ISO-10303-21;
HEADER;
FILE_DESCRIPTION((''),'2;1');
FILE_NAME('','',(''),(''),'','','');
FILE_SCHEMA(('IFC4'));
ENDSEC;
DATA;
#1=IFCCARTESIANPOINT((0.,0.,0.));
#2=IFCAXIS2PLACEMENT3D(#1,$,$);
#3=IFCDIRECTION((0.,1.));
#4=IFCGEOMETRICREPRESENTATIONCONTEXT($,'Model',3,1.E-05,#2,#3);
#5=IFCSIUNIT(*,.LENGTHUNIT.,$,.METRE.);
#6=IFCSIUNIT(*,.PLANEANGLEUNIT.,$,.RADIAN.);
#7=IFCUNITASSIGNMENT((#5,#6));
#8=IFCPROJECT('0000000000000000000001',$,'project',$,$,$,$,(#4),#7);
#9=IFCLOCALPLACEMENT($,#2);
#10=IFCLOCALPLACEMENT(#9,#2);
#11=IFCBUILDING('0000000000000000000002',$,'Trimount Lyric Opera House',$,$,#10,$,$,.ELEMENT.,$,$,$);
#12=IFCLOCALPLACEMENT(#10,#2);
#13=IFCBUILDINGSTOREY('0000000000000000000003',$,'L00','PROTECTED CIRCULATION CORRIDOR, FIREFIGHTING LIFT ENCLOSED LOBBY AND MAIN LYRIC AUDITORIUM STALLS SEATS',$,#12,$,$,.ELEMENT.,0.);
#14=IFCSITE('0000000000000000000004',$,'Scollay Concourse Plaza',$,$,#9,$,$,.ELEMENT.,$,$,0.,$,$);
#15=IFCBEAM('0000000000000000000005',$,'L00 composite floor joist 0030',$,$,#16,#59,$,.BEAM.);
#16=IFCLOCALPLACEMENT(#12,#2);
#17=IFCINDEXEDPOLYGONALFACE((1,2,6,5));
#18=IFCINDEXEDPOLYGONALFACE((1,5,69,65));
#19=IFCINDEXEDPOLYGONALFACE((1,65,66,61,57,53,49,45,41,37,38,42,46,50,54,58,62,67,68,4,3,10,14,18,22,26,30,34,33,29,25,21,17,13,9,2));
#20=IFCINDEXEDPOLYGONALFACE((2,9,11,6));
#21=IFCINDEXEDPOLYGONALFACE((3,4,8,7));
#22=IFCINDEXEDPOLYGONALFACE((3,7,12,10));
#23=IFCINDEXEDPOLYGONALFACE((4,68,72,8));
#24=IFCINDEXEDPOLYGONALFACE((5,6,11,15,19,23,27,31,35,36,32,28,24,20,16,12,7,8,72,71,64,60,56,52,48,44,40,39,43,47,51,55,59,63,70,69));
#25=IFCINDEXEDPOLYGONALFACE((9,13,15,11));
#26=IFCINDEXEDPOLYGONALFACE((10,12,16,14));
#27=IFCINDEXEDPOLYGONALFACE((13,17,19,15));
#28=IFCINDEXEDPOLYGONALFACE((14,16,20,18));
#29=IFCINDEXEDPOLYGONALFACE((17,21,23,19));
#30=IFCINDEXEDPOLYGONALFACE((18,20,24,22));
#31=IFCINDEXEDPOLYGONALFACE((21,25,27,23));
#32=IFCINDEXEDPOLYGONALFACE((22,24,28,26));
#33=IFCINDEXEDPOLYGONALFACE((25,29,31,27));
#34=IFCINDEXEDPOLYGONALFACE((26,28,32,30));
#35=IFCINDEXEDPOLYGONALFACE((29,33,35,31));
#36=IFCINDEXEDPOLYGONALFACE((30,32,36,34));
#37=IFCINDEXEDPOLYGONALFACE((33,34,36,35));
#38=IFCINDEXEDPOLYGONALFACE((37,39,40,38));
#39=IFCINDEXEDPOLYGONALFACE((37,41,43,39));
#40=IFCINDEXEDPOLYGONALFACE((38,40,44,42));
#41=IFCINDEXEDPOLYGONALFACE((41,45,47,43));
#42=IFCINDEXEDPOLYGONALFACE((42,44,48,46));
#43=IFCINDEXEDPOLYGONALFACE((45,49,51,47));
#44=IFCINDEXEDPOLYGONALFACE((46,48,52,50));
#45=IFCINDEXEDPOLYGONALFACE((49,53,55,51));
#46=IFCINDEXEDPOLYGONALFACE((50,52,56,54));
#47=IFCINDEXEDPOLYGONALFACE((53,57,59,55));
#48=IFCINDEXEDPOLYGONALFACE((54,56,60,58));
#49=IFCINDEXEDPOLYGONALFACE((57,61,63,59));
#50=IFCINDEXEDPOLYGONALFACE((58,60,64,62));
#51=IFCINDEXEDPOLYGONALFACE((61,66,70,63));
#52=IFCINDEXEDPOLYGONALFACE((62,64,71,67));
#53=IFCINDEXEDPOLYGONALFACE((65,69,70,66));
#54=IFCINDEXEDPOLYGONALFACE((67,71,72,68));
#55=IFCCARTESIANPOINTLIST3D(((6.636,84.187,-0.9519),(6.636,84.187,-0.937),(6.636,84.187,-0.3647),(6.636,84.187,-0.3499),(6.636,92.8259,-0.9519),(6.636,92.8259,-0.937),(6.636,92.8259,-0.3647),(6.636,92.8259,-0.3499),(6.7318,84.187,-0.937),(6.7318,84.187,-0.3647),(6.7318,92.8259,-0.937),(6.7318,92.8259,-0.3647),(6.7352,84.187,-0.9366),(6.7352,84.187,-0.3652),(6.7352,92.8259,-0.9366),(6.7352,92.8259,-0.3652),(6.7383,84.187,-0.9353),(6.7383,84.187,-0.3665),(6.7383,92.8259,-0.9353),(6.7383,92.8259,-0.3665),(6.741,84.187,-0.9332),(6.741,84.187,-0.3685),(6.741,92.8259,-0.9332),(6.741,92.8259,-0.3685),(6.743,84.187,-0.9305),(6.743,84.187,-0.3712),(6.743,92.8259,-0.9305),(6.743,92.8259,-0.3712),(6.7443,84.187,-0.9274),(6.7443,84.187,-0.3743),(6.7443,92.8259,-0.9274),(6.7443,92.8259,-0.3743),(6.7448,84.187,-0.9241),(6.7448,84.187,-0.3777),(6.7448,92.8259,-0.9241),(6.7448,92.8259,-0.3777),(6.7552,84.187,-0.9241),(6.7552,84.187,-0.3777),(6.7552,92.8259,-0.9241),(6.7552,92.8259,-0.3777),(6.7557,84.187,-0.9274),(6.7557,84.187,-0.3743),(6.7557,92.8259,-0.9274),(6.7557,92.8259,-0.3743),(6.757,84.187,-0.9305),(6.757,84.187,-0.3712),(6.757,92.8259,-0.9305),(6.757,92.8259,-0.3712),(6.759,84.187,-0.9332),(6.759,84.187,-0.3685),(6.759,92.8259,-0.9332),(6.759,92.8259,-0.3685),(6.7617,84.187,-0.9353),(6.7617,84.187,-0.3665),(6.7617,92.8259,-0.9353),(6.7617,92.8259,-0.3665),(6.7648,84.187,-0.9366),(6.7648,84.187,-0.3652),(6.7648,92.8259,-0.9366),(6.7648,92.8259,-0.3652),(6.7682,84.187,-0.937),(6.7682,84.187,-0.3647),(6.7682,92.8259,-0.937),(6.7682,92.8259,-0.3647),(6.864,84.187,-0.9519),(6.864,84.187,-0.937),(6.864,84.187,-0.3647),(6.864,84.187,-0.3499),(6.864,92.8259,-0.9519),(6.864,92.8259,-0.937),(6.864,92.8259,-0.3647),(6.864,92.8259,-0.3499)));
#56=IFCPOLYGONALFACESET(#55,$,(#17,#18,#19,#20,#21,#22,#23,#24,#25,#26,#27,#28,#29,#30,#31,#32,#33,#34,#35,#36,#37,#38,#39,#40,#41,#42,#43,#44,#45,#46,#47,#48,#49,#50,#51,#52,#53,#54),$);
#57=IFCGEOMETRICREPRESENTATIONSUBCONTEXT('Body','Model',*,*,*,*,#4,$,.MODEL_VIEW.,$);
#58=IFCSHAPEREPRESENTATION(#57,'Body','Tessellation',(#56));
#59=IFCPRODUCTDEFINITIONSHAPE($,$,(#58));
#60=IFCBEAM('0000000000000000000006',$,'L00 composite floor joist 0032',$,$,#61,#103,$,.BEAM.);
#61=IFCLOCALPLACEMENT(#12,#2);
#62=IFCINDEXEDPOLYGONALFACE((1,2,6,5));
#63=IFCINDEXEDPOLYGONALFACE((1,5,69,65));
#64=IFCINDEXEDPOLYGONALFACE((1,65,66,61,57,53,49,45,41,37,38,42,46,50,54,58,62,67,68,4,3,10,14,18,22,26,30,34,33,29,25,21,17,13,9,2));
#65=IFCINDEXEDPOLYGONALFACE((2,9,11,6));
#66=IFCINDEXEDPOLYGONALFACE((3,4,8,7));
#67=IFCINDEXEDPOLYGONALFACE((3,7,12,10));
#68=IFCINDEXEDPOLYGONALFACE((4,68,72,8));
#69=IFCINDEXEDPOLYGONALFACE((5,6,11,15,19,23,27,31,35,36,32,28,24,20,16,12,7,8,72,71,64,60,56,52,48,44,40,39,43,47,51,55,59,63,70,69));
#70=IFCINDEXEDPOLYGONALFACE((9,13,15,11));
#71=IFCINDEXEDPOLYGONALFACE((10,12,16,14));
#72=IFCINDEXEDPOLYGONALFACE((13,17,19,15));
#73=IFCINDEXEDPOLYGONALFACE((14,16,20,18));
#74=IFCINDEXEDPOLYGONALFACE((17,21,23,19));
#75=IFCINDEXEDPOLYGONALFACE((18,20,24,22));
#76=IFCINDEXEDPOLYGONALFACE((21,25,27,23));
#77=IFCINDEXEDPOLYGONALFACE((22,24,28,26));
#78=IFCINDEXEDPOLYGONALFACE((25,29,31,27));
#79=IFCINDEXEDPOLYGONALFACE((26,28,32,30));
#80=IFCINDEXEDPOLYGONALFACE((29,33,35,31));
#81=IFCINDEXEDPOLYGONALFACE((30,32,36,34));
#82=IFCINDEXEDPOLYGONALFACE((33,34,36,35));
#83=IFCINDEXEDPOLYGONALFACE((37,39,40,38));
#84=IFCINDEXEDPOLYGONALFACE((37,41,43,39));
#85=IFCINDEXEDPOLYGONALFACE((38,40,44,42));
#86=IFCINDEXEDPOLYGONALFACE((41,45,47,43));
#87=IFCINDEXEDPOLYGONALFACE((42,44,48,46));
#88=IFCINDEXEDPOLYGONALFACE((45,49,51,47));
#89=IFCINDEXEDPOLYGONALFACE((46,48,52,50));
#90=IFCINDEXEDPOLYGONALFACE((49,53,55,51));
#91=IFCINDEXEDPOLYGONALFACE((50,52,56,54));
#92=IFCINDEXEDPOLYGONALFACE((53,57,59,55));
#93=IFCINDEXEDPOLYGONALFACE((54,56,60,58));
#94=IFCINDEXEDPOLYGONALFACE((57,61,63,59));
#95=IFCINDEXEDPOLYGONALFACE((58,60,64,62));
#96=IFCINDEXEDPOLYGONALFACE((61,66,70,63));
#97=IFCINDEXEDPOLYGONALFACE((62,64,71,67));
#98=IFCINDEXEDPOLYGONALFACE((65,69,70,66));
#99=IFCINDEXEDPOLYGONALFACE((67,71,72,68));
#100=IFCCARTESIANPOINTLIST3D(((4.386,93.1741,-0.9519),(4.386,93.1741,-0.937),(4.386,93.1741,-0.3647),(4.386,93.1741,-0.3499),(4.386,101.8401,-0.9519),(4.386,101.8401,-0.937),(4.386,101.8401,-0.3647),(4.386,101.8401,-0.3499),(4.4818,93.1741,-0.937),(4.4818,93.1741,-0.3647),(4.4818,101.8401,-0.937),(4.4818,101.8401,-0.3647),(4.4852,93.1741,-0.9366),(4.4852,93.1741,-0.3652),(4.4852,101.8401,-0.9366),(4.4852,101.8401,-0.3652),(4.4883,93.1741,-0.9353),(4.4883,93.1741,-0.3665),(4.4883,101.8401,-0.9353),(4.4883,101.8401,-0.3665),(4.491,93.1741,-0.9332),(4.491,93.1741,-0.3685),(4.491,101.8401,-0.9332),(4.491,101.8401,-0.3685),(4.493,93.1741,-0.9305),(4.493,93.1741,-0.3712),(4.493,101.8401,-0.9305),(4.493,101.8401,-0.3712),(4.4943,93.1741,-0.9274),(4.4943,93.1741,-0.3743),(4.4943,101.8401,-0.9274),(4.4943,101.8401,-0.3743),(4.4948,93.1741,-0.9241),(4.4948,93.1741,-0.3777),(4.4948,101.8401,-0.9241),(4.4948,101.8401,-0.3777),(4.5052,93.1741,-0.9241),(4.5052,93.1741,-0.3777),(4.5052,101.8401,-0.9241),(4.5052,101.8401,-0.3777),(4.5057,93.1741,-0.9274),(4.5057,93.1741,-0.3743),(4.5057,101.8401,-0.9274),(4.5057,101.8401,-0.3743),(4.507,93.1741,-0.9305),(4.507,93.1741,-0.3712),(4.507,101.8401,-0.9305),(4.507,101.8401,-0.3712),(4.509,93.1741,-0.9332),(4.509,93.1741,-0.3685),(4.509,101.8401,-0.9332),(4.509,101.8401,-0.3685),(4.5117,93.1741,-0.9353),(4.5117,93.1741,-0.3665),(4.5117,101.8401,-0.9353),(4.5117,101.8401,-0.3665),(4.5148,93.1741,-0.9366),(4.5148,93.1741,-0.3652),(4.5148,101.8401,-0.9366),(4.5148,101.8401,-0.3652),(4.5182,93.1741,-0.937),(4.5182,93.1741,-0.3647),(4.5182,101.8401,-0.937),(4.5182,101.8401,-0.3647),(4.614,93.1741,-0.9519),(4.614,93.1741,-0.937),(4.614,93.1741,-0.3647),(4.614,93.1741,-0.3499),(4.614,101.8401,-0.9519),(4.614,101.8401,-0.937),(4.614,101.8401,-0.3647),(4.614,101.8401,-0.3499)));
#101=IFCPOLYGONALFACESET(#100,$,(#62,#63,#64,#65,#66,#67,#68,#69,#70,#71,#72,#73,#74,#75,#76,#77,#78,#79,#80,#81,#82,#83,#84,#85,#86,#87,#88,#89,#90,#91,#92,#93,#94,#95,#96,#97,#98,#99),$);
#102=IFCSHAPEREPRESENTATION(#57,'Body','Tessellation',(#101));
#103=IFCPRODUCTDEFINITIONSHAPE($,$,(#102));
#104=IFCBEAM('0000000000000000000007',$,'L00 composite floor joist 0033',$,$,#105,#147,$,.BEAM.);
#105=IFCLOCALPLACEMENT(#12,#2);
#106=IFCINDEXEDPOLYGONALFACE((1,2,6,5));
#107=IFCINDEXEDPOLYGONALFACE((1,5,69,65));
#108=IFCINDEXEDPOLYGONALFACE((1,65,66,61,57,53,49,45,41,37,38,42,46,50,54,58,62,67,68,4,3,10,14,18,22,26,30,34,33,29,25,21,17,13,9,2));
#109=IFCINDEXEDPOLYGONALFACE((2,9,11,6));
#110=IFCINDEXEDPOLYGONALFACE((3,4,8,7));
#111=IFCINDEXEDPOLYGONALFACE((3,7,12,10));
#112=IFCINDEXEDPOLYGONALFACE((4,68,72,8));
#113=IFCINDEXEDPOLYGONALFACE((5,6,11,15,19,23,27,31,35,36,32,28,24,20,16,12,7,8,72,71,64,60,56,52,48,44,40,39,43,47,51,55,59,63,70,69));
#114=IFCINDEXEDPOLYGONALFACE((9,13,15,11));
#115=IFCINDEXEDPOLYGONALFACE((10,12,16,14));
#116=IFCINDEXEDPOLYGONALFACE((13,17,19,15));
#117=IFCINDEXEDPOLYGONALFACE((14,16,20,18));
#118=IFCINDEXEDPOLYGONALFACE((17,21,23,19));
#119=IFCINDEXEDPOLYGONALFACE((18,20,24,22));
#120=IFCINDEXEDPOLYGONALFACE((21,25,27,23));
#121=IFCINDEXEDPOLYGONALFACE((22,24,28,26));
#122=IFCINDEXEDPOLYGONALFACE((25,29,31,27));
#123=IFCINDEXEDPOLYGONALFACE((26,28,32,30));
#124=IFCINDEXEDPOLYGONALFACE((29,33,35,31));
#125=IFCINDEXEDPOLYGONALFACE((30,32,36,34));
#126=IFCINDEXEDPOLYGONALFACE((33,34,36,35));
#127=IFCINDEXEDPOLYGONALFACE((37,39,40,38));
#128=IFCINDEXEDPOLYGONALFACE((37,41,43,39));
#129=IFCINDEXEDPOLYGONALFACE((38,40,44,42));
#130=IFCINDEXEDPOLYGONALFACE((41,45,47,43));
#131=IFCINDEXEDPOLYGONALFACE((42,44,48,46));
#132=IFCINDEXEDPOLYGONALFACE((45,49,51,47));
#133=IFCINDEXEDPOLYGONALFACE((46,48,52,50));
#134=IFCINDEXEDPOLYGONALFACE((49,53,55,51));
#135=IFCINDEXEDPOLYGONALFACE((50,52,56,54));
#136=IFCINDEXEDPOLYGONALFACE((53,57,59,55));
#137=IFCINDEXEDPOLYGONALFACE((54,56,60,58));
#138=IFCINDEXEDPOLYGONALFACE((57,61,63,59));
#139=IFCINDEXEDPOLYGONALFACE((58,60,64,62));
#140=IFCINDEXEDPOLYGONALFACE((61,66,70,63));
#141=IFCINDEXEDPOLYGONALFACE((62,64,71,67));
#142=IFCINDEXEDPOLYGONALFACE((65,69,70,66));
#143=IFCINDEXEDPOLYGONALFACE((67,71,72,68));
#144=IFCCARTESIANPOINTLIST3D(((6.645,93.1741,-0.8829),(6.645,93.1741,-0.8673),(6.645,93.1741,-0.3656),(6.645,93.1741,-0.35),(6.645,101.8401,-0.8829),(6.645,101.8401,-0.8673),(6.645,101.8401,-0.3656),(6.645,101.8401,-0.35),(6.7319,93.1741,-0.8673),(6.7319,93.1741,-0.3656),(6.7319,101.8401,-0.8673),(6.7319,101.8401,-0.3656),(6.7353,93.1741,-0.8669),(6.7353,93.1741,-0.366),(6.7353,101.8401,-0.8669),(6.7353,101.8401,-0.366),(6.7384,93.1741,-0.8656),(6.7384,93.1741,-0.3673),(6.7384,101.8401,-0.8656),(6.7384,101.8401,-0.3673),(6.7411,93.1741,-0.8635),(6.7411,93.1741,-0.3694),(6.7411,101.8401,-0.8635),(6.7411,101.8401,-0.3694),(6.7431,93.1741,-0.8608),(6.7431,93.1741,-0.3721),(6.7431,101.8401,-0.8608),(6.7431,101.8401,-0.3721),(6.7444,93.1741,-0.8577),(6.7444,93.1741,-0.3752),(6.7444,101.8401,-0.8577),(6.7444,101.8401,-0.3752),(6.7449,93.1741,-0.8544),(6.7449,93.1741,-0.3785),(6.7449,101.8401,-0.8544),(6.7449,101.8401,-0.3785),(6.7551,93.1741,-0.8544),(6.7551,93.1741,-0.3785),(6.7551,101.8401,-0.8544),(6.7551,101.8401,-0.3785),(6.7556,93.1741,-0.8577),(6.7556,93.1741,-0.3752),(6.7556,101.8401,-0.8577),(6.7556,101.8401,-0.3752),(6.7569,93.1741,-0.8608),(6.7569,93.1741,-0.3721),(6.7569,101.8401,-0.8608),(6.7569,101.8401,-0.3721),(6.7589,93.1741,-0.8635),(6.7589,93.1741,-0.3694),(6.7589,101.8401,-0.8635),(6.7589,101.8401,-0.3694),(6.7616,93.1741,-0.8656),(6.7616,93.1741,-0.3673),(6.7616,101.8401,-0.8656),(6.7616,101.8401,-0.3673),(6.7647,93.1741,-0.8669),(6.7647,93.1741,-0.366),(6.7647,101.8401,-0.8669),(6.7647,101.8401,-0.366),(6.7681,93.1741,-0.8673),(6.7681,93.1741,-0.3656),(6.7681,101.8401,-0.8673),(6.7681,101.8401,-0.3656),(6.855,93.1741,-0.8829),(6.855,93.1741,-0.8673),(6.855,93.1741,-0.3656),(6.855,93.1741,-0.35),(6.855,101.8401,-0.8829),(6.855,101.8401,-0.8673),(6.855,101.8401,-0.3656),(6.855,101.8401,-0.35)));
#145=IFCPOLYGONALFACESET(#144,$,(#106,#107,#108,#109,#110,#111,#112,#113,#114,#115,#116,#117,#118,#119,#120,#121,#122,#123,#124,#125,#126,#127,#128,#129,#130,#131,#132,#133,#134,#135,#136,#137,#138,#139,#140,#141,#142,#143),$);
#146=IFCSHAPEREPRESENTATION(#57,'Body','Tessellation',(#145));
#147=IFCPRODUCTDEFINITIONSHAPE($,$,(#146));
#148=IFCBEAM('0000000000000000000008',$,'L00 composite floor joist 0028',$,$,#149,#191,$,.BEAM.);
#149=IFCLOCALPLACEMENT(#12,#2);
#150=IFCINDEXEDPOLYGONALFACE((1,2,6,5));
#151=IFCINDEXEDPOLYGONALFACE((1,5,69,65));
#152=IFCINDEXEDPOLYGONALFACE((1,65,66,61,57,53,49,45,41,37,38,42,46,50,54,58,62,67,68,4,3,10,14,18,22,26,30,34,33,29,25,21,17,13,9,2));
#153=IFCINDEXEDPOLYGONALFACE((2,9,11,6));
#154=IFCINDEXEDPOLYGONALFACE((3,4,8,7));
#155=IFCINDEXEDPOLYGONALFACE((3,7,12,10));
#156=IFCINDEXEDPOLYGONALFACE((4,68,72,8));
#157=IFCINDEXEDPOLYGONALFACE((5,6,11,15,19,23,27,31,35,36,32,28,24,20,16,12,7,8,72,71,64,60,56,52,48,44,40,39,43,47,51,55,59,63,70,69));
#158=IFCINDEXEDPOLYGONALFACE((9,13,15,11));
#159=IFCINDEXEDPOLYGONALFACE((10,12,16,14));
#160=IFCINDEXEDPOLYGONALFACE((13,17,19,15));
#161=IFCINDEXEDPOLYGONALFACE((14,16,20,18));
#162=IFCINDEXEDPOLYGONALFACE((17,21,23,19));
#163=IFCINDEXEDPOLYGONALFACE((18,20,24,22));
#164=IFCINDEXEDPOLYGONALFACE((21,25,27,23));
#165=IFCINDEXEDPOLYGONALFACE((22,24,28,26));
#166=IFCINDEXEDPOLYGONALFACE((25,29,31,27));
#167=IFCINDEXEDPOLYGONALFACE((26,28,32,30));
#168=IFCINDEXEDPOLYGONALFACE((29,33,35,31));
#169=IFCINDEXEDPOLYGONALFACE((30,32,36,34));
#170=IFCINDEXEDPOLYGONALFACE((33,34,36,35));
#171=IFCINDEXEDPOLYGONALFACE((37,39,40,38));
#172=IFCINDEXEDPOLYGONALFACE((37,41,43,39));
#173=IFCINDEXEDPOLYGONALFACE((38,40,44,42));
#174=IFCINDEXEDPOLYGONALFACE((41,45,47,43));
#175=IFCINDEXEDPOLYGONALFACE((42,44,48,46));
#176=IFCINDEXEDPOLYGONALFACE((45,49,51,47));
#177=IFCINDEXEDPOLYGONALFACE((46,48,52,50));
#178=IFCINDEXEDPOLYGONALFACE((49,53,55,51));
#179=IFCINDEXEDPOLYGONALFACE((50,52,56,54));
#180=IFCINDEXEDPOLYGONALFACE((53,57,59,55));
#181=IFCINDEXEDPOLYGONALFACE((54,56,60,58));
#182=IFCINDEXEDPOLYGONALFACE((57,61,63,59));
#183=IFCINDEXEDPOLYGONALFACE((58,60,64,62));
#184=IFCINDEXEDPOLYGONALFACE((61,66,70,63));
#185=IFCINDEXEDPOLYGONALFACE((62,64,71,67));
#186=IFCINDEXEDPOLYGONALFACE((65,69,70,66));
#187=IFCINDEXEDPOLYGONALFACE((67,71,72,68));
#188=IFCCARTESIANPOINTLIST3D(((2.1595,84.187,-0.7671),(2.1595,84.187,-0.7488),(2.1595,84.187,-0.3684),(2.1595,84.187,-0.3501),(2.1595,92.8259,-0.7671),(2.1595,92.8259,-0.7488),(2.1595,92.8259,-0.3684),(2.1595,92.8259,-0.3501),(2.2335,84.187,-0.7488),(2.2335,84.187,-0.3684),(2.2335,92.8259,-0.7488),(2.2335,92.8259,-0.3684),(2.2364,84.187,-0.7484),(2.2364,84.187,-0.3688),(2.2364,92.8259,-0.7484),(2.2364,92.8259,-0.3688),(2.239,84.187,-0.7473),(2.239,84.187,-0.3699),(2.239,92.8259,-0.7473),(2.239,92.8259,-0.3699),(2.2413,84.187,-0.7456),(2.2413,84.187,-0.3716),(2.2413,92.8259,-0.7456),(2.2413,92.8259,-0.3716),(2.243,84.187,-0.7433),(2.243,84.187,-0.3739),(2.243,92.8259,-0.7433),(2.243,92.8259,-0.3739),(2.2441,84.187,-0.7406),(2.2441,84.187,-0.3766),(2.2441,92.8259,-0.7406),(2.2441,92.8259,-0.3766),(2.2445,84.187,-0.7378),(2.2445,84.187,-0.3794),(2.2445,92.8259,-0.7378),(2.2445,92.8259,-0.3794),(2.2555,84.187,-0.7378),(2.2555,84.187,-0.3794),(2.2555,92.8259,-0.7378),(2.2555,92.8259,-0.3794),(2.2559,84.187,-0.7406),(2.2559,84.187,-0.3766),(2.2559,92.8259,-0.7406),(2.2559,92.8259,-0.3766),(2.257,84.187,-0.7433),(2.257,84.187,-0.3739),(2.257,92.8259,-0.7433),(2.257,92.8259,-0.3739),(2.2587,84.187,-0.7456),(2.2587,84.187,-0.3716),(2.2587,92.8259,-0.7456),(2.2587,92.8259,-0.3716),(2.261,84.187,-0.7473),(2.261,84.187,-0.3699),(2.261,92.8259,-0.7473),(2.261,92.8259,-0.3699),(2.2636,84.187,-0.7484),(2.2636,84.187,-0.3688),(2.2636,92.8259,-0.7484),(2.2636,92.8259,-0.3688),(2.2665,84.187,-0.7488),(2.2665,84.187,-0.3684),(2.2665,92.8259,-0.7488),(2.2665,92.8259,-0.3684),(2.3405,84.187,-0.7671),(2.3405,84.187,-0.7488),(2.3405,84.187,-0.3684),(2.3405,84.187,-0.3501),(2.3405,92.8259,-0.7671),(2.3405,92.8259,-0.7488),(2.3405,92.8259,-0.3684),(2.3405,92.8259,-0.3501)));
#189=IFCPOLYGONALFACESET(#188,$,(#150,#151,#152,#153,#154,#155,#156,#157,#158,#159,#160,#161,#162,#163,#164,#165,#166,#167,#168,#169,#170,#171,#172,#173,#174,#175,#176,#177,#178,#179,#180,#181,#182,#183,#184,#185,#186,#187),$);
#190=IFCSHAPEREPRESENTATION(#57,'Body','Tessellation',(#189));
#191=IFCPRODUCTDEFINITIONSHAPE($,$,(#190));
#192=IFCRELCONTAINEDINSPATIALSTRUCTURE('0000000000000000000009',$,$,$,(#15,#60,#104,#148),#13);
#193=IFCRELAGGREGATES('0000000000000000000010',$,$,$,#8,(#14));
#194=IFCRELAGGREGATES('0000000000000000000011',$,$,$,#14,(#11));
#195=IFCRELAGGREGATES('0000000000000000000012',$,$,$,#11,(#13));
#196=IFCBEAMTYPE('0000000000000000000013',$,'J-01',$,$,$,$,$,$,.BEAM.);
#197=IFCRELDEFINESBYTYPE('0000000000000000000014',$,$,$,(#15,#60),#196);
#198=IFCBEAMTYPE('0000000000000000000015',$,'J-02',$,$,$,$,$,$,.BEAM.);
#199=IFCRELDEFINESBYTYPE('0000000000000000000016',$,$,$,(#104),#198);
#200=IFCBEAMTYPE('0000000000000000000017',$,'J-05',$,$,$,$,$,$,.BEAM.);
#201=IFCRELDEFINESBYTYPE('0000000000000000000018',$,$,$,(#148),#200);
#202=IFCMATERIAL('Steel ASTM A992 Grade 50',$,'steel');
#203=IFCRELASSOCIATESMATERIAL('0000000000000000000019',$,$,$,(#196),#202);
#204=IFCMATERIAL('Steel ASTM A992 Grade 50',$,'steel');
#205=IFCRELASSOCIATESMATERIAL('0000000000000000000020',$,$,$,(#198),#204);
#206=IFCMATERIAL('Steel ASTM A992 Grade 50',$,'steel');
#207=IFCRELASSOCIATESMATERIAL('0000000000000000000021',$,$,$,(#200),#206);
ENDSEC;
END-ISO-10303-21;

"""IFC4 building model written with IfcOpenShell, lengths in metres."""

from ifc_helpers import new_model, si_unit, direction, frame, origin, origin_2d, place, context, subcontext, project, spatial, i_section, extrude, material, material_profile, profile_set, type_object, element, save


model = new_model("IFC4")

# Units and contexts
model_context = context("Model", 3, precision=1e-05, world=origin(), true_north=direction((0.0, 1.0)))
body_context = subcontext(model_context, "Body", "Model", "MODEL_VIEW")
ifc_project = project(units=[si_unit("LENGTHUNIT", "METRE"), si_unit("PLANEANGLEUNIT", "RADIAN")], contexts=[model_context])

# Site, building, storey
site_placement = place(None, origin())
site = spatial("IfcSite", under=ifc_project, at=site_placement, Name="Scollay Concourse Plaza", CompositionType="ELEMENT", RefElevation=0.0)
building_placement = place(site_placement, origin())
building = spatial("IfcBuilding", under=site, at=building_placement, Name="Trimount Lyric Opera House", CompositionType="ELEMENT")
storey_placement = place(building_placement, origin())
storey = spatial("IfcBuildingStorey", under=building, at=storey_placement, Name="L00", Description="PROTECTED CIRCULATION CORRIDOR, FIREFIGHTING LIFT ENCLOSED LOBBY AND MAIN LYRIC AUDITORIUM STALLS SEATS", CompositionType="ELEMENT", Elevation=0.0)

# Beams
ifc_material_1 = material(Name="Steel ASTM A992 Grade 50", Category="steel")
ifc_material_profile_1 = material_profile(ifc_material_1, i_section(OverallWidth=0.228, OverallDepth=0.6021, WebThickness=0.0105, FlangeThickness=0.0149, FilletRadius=0.0129, at=origin_2d()), Name="W24X68")
ifc_profile_set_1 = profile_set([ifc_material_profile_1], Name="Steel ASTM A992 Grade 50")
beam_type_1 = type_object("IfcBeamType", Name="J-01", PredefinedType="BEAM", material=ifc_profile_set_1)
beam_1_placement = place(storey_placement, frame((6.75, 84.187, -0.6509), z_axis=(0.0, 1.0, 0.0), x_axis=(-1.0, 0.0, 0.0)))
element("IfcBeam", 1, at=beam_1_placement, inside=storey, type_object=beam_type_1, Name="L00 composite floor joist 0030", PredefinedType="BEAM", context=body_context, shape_type="SweptSolid", body=[
    extrude(i_section(OverallWidth=0.228, OverallDepth=0.6021, WebThickness=0.0105, FlangeThickness=0.0149, FilletRadius=0.0129, at=origin_2d()), origin(), (0.0, 0.0, 1.0), 8.6389),
])
beam_2_placement = place(storey_placement, frame((4.5, 93.1741, -0.6509), z_axis=(0.0, 1.0, 0.0), x_axis=(-1.0, 0.0, 0.0)))
element("IfcBeam", 2, at=beam_2_placement, inside=storey, type_object=beam_type_1, Name="L00 composite floor joist 0032", PredefinedType="BEAM", context=body_context, shape_type="SweptSolid", body=[
    extrude(i_section(OverallWidth=0.228, OverallDepth=0.6021, WebThickness=0.0105, FlangeThickness=0.0149, FilletRadius=0.0129, at=origin_2d()), origin(), (0.0, 0.0, 1.0), 8.666),
])
ifc_material_2 = material(Name="Steel ASTM A992 Grade 50", Category="steel")
ifc_material_profile_2 = material_profile(ifc_material_2, i_section(OverallWidth=0.21, OverallDepth=0.533, WebThickness=0.0103, FlangeThickness=0.0156, FilletRadius=0.0129, at=origin_2d()), Name="W21X62")
ifc_profile_set_2 = profile_set([ifc_material_profile_2], Name="Steel ASTM A992 Grade 50")
beam_type_2 = type_object("IfcBeamType", Name="J-02", PredefinedType="BEAM", material=ifc_profile_set_2)
beam_3_placement = place(storey_placement, frame((6.75, 93.1741, -0.6165), z_axis=(0.0, 1.0, 0.0), x_axis=(-1.0, 0.0, 0.0)))
element("IfcBeam", 3, at=beam_3_placement, inside=storey, type_object=beam_type_2, Name="L00 composite floor joist 0033", PredefinedType="BEAM", context=body_context, shape_type="SweptSolid", body=[
    extrude(i_section(OverallWidth=0.21, OverallDepth=0.533, WebThickness=0.0103, FlangeThickness=0.0156, FilletRadius=0.0129, at=origin_2d()), origin(), (0.0, 0.0, 1.0), 8.666),
])
ifc_material_3 = material(Name="Steel ASTM A992 Grade 50", Category="steel")
ifc_material_profile_3 = material_profile(ifc_material_3, i_section(OverallWidth=0.1809, OverallDepth=0.417, WebThickness=0.011, FlangeThickness=0.0183, FilletRadius=0.011, at=origin_2d()), Name="W16X57")
ifc_profile_set_3 = profile_set([ifc_material_profile_3], Name="Steel ASTM A992 Grade 50")
beam_type_3 = type_object("IfcBeamType", Name="J-05", PredefinedType="BEAM", material=ifc_profile_set_3)
beam_4_placement = place(storey_placement, frame((2.25, 84.187, -0.5586), z_axis=(0.0, 1.0, 0.0), x_axis=(-1.0, 0.0, 0.0)))
element("IfcBeam", 4, at=beam_4_placement, inside=storey, type_object=beam_type_3, Name="L00 composite floor joist 0028", PredefinedType="BEAM", context=body_context, shape_type="SweptSolid", body=[
    extrude(i_section(OverallWidth=0.1809, OverallDepth=0.417, WebThickness=0.011, FlangeThickness=0.0183, FilletRadius=0.011, at=origin_2d()), origin(), (0.0, 0.0, 1.0), 8.6389),
])

save(model, "model.ifc")
